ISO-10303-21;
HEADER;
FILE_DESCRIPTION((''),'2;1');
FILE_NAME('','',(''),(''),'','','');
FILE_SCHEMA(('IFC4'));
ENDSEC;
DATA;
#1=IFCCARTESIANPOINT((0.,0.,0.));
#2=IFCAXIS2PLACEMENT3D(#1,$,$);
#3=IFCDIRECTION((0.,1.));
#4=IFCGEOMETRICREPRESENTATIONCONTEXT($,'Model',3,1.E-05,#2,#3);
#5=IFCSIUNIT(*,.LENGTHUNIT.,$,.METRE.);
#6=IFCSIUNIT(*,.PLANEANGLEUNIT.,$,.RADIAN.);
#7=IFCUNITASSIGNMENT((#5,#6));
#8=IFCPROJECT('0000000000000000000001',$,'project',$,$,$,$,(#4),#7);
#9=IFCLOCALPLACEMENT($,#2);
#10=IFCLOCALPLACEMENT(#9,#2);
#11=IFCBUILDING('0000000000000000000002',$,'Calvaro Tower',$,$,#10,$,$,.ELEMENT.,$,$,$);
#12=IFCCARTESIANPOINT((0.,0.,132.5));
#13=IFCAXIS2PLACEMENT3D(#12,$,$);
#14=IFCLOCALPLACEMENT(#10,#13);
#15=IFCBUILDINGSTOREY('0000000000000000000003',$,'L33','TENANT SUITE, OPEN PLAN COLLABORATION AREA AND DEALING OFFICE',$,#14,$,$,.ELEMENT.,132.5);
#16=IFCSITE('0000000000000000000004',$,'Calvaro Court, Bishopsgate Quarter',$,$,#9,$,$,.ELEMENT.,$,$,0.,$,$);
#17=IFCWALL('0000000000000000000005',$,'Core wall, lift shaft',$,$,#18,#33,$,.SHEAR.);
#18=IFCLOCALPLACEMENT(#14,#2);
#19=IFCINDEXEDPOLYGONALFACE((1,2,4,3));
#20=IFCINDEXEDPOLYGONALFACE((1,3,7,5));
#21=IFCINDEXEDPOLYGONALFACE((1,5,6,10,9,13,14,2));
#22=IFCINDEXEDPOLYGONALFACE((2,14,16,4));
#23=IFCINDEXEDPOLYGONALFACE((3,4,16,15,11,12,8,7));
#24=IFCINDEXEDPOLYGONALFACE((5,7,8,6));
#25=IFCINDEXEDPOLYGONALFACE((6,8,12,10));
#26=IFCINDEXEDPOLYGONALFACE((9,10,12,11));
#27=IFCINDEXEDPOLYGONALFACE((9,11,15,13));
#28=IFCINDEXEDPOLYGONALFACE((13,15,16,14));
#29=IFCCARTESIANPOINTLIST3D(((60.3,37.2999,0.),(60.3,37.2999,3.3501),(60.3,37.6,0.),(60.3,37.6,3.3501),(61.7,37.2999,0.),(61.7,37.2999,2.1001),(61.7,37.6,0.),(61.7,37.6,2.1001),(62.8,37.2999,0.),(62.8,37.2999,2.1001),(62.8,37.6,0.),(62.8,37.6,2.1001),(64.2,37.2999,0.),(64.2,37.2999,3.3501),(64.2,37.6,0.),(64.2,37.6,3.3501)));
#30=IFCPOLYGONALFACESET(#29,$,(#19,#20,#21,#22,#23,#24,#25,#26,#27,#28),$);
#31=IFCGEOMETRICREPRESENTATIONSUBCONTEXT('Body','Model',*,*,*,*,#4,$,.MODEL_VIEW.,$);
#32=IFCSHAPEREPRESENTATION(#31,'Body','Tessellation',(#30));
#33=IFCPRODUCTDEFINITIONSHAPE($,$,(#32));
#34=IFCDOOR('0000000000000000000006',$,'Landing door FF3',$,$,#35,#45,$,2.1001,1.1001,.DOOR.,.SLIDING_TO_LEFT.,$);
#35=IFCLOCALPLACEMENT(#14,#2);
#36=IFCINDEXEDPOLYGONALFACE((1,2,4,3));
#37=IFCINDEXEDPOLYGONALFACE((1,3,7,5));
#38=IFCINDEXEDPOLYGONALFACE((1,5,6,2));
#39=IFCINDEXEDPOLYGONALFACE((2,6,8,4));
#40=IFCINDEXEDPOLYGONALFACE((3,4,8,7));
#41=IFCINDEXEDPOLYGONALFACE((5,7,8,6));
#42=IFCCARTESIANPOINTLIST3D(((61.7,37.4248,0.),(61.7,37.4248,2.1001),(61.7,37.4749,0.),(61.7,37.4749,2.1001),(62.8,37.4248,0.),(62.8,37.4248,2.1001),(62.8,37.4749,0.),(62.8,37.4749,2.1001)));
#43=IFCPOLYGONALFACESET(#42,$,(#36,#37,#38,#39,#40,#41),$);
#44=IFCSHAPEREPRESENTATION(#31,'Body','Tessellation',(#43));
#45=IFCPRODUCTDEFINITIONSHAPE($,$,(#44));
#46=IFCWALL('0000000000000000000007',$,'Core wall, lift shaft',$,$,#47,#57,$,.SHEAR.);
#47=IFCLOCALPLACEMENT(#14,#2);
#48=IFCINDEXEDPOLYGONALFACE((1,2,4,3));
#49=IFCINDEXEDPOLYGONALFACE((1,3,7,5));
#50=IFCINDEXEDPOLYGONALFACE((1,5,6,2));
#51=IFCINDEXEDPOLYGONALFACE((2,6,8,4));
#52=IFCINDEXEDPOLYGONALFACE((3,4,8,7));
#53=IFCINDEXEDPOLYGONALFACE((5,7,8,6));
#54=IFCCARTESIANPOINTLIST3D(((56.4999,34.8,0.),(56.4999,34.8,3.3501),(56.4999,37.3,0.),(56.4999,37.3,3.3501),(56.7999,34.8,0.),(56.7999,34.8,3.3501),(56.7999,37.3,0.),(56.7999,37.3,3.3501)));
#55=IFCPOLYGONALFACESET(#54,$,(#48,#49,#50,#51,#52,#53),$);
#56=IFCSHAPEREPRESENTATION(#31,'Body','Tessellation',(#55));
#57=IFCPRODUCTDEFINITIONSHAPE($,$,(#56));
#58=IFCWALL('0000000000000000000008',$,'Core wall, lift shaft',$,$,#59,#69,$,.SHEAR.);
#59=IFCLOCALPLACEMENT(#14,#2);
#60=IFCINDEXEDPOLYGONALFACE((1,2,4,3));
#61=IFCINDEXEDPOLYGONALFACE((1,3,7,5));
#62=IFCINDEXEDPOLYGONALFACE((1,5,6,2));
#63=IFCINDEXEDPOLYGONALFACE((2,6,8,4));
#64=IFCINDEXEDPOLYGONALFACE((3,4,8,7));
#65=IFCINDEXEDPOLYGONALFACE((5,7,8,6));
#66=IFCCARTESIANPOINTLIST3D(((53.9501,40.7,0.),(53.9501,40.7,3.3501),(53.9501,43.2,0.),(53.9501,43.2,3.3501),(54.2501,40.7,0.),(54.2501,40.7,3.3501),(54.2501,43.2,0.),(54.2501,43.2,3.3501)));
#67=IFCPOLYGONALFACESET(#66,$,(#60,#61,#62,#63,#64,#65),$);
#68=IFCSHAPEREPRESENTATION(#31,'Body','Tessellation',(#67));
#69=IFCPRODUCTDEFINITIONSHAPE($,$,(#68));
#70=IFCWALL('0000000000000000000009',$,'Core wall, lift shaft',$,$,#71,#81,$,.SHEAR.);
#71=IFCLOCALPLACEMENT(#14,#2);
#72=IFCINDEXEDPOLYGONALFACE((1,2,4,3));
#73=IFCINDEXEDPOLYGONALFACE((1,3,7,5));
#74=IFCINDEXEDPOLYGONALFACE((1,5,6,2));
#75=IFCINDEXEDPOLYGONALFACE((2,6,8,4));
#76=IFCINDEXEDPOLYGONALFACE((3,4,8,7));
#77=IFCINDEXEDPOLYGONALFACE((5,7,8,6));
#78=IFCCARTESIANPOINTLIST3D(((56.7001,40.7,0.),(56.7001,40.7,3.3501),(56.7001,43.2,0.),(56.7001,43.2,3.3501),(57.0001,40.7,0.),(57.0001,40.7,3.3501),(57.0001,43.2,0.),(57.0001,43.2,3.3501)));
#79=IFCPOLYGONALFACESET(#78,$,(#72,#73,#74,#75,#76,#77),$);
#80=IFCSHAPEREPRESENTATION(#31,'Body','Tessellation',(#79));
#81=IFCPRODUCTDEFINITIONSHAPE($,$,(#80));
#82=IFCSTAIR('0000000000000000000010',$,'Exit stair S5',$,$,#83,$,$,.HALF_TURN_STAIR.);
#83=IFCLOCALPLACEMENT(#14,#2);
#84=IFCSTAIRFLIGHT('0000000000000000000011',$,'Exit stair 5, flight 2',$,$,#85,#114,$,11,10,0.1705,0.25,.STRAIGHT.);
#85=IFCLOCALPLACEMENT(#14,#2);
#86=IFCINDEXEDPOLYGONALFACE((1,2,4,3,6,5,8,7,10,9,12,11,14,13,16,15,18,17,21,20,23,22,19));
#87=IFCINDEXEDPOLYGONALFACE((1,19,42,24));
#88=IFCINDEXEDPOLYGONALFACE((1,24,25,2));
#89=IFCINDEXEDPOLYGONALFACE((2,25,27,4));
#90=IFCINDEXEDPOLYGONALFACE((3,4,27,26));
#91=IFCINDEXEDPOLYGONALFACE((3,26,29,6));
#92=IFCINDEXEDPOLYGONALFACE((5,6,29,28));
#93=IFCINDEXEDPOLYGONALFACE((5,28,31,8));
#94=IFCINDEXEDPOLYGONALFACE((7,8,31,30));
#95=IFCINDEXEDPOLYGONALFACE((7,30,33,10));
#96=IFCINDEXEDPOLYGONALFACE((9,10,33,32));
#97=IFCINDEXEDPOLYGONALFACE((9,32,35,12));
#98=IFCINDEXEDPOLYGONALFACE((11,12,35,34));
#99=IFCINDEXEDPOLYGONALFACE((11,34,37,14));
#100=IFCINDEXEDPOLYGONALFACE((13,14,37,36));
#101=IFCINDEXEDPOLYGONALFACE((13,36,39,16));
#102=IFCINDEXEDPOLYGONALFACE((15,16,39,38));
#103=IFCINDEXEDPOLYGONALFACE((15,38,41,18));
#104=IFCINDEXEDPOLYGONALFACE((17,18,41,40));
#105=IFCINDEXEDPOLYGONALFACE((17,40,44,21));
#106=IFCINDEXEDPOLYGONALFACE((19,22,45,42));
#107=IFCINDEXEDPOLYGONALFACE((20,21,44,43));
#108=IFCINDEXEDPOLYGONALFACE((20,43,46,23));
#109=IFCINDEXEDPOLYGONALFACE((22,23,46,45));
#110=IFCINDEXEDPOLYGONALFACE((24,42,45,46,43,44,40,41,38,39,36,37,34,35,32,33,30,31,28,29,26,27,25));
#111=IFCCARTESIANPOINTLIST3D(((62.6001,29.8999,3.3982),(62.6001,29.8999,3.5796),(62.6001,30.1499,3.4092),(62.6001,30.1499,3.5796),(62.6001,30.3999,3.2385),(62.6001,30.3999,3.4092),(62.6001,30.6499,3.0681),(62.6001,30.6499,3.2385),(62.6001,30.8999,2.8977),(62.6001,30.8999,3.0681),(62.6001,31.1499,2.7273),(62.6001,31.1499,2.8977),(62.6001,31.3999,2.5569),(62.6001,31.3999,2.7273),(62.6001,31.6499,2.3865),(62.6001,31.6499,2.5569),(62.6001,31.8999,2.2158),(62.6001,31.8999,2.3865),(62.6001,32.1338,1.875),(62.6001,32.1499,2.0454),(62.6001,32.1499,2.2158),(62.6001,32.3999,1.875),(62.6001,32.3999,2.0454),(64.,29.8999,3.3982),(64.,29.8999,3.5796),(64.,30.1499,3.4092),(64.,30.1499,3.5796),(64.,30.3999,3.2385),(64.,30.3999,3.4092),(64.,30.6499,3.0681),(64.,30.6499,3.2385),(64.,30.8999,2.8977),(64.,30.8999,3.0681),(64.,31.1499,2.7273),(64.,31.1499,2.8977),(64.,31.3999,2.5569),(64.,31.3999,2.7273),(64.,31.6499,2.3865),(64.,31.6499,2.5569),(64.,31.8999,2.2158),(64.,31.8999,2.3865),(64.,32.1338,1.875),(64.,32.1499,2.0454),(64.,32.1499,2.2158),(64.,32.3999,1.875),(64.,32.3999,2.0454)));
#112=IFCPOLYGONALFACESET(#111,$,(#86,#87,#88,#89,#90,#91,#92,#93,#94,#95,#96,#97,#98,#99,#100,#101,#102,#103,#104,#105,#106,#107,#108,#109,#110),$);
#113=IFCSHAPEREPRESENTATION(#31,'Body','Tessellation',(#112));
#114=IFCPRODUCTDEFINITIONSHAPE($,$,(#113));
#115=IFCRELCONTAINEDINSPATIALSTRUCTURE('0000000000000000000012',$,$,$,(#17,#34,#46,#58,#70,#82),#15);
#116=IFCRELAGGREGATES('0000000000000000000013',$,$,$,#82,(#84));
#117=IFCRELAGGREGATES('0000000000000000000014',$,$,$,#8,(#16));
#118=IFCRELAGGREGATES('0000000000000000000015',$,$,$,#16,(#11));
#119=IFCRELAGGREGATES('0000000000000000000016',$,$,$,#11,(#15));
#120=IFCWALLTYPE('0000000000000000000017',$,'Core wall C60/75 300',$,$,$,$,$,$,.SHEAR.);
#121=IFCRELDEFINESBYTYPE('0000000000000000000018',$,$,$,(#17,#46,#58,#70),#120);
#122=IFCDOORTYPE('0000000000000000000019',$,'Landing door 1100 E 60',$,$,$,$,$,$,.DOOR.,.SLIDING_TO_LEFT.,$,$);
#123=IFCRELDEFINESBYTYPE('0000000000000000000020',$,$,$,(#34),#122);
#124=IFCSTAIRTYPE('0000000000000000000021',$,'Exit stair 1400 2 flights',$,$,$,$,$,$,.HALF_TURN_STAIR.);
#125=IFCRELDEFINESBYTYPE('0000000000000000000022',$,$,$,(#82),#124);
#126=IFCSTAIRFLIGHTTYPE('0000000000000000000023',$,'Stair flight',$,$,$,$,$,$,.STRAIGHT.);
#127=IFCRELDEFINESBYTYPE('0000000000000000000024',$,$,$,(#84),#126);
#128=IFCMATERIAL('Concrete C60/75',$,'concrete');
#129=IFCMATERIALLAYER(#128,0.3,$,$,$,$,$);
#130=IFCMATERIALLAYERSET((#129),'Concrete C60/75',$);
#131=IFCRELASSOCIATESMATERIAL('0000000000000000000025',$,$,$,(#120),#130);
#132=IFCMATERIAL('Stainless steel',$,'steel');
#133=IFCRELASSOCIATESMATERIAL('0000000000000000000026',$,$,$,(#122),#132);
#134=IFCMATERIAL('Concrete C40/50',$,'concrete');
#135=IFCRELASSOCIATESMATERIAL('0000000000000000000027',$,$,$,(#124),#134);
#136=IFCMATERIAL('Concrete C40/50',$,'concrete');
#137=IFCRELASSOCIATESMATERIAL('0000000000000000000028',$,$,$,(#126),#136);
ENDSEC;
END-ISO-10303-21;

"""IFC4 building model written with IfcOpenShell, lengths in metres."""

from ifc_helpers import new_model, si_unit, direction, frame, frame_2d, origin, place, context, subcontext, project, spatial, polyline, rectangle, outline, extrude, material, layer, layer_set, type_object, element, fill, aggregate, save


model = new_model("IFC4")

# Units and contexts
model_context = context("Model", 3, precision=1e-05, world=origin(), true_north=direction((0.0, 1.0)))
body_context = subcontext(model_context, "Body", "Model", "MODEL_VIEW")
ifc_project = project(units=[si_unit("LENGTHUNIT", "METRE"), si_unit("PLANEANGLEUNIT", "RADIAN")], contexts=[model_context])

# Site, building, storey
site_placement = place(None, origin())
site = spatial("IfcSite", under=ifc_project, at=site_placement, Name="Calvaro Court, Bishopsgate Quarter", CompositionType="ELEMENT", RefElevation=0.0)
building_placement = place(site_placement, origin())
building = spatial("IfcBuilding", under=site, at=building_placement, Name="Calvaro Tower", CompositionType="ELEMENT")
storey_placement = place(building_placement, frame((0.0, 0.0, 132.5)))
storey = spatial("IfcBuildingStorey", under=building, at=storey_placement, Name="L33", Description="TENANT SUITE, OPEN PLAN COLLABORATION AREA AND DEALING OFFICE", CompositionType="ELEMENT", Elevation=132.5)

# Shared definitions
ifc_material_1 = material(Name="Concrete C60/75", Category="concrete")
ifc_layer_1 = layer(ifc_material_1, 0.3)
ifc_layer_set_1 = layer_set([ifc_layer_1], Name="Concrete C60/75")
wall_type_1 = type_object("IfcWallType", Name="Core wall C60/75 300", PredefinedType="SHEAR", material=ifc_layer_set_1)

# Wall, opening, door
wall_1_placement = place(storey_placement, frame((60.3, 37.45, 0.0), z_axis=(0.0, 0.0, 1.0), x_axis=(1.0, 0.0, 0.0)))
wall_1 = element("IfcWall", 1, at=wall_1_placement, inside=storey, type_object=wall_type_1, Name="Core wall, lift shaft", PredefinedType="SHEAR", context=body_context, shape_type="SweptSolid", body=[
    extrude(rectangle(XDim=3.8999, YDim=0.3, at=frame_2d((1.95, 0.0))), origin(), (0.0, 0.0, 1.0), 3.3501),
])
opening_1_placement = place(wall_1_placement, frame((1.3999, 0.0, 0.0)))
opening_1 = element("IfcOpeningElement", 2, at=opening_1_placement, cuts=wall_1, PredefinedType="OPENING", context=body_context, shape_type="SweptSolid", body=[
    extrude(rectangle(XDim=1.1001, YDim=2.1001, at=frame_2d((0.55, 1.05))), frame((0.0, 0.1599, 0.0), z_axis=(0.0, -1.0, 0.0), x_axis=(1.0, 0.0, 0.0)), (0.0, 0.0, 1.0), 0.3201),
])
ifc_material_2 = material(Name="Stainless steel", Category="steel")
door_type_1 = type_object("IfcDoorType", Name="Landing door 1100 E 60", OperationType="SLIDING_TO_LEFT", PredefinedType="DOOR", material=ifc_material_2)
door_1_placement = place(opening_1_placement, origin())
door_1 = element("IfcDoor", 3, at=door_1_placement, inside=storey, type_object=door_type_1, Name="Landing door FF3", OperationType="SLIDING_TO_LEFT", OverallHeight=2.1001, OverallWidth=1.1001, PredefinedType="DOOR", context=body_context, shape_type="SweptSolid", body=[
    extrude(rectangle(XDim=1.1001, YDim=2.1001, at=frame_2d((0.55, 1.05))), frame((0.0, 0.0249, 0.0), z_axis=(0.0, -1.0, 0.0), x_axis=(1.0, 0.0, 0.0)), (0.0, 0.0, 1.0), 0.05),
])
fill(opening_1, door_1)

# Walls
for number, where, z_axis, x_axis, name in (
    (4, (56.6499, 34.8, 0.0), (0.0, 0.0, 1.0), (0.0, 1.0, 0.0), "Core wall, lift shaft"),
    (5, (54.1001, 40.7, 0.0), (0.0, 0.0, 1.0), (0.0, 1.0, 0.0), "Core wall, lift shaft"),
    (6, (56.8501, 40.7, 0.0), (0.0, 0.0, 1.0), (0.0, 1.0, 0.0), "Core wall, lift shaft"),
):
    element("IfcWall", number, at=place(storey_placement, frame(where, z_axis=z_axis, x_axis=x_axis)), inside=storey, type_object=wall_type_1, Name=name, PredefinedType="SHEAR", context=body_context, shape_type="SweptSolid", body=[
        extrude(rectangle(XDim=2.5, YDim=0.3, at=frame_2d((1.25, 0.0))), origin(), (0.0, 0.0, 1.0), 3.3501),
    ])

# Stair, stair flight
ifc_material_3 = material(Name="Concrete C40/50", Category="concrete")
stair_type = type_object("IfcStairType", Name="Exit stair 1400 2 flights", PredefinedType="HALF_TURN_STAIR", material=ifc_material_3)
stair_1_placement = place(storey_placement, origin())
stair_1 = element("IfcStair", 7, at=stair_1_placement, inside=storey, type_object=stair_type, Name="Exit stair S5", PredefinedType="HALF_TURN_STAIR")
ifc_material_4 = material(Name="Concrete C40/50", Category="concrete")
stair_flight_type = type_object("IfcStairFlightType", Name="Stair flight", PredefinedType="STRAIGHT", material=ifc_material_4)
stair_flight_placement = place(storey_placement, frame((63.3, 32.3999, 1.875), z_axis=(0.0, 0.0, 1.0), x_axis=(0.0, -1.0, 0.0)))
stair_flight = element("IfcStairFlight", 8, at=stair_flight_placement, type_object=stair_flight_type, Name="Exit stair 5, flight 2", NumberOfRisers=11, NumberOfTreads=10, PredefinedType="STRAIGHT", RiserHeight=0.1705, TreadLength=0.25, context=body_context, shape_type="SweptSolid", body=[
    extrude(outline(polyline([(0.0, 0.0), (0.0, 0.1704), (0.25, 0.1704), (0.25, 0.3408), (0.5, 0.3408), (0.5, 0.5115), (0.75, 0.5115), (0.75, 0.6819), (1.0, 0.6819), (1.0, 0.8523), (1.25, 0.8523), (1.25, 1.0227), (1.5, 1.0227), (1.5, 1.1931), (1.75, 1.1931), (1.75, 1.3635), (2.0, 1.3635), (2.0, 1.5342), (2.25, 1.5342), (2.25, 1.7046), (2.5, 1.7046), (2.5, 1.875), (2.5, 1.5232), (0.2661, 0.0), (0.0, 0.0)])), frame((0.0, 0.7, 0.0), z_axis=(0.0, -1.0, 0.0), x_axis=(1.0, 0.0, 0.0)), (0.0, 0.0, 1.0), 1.3999),
])

aggregate(stair_1, [stair_flight])

save(model, "model.ifc")
